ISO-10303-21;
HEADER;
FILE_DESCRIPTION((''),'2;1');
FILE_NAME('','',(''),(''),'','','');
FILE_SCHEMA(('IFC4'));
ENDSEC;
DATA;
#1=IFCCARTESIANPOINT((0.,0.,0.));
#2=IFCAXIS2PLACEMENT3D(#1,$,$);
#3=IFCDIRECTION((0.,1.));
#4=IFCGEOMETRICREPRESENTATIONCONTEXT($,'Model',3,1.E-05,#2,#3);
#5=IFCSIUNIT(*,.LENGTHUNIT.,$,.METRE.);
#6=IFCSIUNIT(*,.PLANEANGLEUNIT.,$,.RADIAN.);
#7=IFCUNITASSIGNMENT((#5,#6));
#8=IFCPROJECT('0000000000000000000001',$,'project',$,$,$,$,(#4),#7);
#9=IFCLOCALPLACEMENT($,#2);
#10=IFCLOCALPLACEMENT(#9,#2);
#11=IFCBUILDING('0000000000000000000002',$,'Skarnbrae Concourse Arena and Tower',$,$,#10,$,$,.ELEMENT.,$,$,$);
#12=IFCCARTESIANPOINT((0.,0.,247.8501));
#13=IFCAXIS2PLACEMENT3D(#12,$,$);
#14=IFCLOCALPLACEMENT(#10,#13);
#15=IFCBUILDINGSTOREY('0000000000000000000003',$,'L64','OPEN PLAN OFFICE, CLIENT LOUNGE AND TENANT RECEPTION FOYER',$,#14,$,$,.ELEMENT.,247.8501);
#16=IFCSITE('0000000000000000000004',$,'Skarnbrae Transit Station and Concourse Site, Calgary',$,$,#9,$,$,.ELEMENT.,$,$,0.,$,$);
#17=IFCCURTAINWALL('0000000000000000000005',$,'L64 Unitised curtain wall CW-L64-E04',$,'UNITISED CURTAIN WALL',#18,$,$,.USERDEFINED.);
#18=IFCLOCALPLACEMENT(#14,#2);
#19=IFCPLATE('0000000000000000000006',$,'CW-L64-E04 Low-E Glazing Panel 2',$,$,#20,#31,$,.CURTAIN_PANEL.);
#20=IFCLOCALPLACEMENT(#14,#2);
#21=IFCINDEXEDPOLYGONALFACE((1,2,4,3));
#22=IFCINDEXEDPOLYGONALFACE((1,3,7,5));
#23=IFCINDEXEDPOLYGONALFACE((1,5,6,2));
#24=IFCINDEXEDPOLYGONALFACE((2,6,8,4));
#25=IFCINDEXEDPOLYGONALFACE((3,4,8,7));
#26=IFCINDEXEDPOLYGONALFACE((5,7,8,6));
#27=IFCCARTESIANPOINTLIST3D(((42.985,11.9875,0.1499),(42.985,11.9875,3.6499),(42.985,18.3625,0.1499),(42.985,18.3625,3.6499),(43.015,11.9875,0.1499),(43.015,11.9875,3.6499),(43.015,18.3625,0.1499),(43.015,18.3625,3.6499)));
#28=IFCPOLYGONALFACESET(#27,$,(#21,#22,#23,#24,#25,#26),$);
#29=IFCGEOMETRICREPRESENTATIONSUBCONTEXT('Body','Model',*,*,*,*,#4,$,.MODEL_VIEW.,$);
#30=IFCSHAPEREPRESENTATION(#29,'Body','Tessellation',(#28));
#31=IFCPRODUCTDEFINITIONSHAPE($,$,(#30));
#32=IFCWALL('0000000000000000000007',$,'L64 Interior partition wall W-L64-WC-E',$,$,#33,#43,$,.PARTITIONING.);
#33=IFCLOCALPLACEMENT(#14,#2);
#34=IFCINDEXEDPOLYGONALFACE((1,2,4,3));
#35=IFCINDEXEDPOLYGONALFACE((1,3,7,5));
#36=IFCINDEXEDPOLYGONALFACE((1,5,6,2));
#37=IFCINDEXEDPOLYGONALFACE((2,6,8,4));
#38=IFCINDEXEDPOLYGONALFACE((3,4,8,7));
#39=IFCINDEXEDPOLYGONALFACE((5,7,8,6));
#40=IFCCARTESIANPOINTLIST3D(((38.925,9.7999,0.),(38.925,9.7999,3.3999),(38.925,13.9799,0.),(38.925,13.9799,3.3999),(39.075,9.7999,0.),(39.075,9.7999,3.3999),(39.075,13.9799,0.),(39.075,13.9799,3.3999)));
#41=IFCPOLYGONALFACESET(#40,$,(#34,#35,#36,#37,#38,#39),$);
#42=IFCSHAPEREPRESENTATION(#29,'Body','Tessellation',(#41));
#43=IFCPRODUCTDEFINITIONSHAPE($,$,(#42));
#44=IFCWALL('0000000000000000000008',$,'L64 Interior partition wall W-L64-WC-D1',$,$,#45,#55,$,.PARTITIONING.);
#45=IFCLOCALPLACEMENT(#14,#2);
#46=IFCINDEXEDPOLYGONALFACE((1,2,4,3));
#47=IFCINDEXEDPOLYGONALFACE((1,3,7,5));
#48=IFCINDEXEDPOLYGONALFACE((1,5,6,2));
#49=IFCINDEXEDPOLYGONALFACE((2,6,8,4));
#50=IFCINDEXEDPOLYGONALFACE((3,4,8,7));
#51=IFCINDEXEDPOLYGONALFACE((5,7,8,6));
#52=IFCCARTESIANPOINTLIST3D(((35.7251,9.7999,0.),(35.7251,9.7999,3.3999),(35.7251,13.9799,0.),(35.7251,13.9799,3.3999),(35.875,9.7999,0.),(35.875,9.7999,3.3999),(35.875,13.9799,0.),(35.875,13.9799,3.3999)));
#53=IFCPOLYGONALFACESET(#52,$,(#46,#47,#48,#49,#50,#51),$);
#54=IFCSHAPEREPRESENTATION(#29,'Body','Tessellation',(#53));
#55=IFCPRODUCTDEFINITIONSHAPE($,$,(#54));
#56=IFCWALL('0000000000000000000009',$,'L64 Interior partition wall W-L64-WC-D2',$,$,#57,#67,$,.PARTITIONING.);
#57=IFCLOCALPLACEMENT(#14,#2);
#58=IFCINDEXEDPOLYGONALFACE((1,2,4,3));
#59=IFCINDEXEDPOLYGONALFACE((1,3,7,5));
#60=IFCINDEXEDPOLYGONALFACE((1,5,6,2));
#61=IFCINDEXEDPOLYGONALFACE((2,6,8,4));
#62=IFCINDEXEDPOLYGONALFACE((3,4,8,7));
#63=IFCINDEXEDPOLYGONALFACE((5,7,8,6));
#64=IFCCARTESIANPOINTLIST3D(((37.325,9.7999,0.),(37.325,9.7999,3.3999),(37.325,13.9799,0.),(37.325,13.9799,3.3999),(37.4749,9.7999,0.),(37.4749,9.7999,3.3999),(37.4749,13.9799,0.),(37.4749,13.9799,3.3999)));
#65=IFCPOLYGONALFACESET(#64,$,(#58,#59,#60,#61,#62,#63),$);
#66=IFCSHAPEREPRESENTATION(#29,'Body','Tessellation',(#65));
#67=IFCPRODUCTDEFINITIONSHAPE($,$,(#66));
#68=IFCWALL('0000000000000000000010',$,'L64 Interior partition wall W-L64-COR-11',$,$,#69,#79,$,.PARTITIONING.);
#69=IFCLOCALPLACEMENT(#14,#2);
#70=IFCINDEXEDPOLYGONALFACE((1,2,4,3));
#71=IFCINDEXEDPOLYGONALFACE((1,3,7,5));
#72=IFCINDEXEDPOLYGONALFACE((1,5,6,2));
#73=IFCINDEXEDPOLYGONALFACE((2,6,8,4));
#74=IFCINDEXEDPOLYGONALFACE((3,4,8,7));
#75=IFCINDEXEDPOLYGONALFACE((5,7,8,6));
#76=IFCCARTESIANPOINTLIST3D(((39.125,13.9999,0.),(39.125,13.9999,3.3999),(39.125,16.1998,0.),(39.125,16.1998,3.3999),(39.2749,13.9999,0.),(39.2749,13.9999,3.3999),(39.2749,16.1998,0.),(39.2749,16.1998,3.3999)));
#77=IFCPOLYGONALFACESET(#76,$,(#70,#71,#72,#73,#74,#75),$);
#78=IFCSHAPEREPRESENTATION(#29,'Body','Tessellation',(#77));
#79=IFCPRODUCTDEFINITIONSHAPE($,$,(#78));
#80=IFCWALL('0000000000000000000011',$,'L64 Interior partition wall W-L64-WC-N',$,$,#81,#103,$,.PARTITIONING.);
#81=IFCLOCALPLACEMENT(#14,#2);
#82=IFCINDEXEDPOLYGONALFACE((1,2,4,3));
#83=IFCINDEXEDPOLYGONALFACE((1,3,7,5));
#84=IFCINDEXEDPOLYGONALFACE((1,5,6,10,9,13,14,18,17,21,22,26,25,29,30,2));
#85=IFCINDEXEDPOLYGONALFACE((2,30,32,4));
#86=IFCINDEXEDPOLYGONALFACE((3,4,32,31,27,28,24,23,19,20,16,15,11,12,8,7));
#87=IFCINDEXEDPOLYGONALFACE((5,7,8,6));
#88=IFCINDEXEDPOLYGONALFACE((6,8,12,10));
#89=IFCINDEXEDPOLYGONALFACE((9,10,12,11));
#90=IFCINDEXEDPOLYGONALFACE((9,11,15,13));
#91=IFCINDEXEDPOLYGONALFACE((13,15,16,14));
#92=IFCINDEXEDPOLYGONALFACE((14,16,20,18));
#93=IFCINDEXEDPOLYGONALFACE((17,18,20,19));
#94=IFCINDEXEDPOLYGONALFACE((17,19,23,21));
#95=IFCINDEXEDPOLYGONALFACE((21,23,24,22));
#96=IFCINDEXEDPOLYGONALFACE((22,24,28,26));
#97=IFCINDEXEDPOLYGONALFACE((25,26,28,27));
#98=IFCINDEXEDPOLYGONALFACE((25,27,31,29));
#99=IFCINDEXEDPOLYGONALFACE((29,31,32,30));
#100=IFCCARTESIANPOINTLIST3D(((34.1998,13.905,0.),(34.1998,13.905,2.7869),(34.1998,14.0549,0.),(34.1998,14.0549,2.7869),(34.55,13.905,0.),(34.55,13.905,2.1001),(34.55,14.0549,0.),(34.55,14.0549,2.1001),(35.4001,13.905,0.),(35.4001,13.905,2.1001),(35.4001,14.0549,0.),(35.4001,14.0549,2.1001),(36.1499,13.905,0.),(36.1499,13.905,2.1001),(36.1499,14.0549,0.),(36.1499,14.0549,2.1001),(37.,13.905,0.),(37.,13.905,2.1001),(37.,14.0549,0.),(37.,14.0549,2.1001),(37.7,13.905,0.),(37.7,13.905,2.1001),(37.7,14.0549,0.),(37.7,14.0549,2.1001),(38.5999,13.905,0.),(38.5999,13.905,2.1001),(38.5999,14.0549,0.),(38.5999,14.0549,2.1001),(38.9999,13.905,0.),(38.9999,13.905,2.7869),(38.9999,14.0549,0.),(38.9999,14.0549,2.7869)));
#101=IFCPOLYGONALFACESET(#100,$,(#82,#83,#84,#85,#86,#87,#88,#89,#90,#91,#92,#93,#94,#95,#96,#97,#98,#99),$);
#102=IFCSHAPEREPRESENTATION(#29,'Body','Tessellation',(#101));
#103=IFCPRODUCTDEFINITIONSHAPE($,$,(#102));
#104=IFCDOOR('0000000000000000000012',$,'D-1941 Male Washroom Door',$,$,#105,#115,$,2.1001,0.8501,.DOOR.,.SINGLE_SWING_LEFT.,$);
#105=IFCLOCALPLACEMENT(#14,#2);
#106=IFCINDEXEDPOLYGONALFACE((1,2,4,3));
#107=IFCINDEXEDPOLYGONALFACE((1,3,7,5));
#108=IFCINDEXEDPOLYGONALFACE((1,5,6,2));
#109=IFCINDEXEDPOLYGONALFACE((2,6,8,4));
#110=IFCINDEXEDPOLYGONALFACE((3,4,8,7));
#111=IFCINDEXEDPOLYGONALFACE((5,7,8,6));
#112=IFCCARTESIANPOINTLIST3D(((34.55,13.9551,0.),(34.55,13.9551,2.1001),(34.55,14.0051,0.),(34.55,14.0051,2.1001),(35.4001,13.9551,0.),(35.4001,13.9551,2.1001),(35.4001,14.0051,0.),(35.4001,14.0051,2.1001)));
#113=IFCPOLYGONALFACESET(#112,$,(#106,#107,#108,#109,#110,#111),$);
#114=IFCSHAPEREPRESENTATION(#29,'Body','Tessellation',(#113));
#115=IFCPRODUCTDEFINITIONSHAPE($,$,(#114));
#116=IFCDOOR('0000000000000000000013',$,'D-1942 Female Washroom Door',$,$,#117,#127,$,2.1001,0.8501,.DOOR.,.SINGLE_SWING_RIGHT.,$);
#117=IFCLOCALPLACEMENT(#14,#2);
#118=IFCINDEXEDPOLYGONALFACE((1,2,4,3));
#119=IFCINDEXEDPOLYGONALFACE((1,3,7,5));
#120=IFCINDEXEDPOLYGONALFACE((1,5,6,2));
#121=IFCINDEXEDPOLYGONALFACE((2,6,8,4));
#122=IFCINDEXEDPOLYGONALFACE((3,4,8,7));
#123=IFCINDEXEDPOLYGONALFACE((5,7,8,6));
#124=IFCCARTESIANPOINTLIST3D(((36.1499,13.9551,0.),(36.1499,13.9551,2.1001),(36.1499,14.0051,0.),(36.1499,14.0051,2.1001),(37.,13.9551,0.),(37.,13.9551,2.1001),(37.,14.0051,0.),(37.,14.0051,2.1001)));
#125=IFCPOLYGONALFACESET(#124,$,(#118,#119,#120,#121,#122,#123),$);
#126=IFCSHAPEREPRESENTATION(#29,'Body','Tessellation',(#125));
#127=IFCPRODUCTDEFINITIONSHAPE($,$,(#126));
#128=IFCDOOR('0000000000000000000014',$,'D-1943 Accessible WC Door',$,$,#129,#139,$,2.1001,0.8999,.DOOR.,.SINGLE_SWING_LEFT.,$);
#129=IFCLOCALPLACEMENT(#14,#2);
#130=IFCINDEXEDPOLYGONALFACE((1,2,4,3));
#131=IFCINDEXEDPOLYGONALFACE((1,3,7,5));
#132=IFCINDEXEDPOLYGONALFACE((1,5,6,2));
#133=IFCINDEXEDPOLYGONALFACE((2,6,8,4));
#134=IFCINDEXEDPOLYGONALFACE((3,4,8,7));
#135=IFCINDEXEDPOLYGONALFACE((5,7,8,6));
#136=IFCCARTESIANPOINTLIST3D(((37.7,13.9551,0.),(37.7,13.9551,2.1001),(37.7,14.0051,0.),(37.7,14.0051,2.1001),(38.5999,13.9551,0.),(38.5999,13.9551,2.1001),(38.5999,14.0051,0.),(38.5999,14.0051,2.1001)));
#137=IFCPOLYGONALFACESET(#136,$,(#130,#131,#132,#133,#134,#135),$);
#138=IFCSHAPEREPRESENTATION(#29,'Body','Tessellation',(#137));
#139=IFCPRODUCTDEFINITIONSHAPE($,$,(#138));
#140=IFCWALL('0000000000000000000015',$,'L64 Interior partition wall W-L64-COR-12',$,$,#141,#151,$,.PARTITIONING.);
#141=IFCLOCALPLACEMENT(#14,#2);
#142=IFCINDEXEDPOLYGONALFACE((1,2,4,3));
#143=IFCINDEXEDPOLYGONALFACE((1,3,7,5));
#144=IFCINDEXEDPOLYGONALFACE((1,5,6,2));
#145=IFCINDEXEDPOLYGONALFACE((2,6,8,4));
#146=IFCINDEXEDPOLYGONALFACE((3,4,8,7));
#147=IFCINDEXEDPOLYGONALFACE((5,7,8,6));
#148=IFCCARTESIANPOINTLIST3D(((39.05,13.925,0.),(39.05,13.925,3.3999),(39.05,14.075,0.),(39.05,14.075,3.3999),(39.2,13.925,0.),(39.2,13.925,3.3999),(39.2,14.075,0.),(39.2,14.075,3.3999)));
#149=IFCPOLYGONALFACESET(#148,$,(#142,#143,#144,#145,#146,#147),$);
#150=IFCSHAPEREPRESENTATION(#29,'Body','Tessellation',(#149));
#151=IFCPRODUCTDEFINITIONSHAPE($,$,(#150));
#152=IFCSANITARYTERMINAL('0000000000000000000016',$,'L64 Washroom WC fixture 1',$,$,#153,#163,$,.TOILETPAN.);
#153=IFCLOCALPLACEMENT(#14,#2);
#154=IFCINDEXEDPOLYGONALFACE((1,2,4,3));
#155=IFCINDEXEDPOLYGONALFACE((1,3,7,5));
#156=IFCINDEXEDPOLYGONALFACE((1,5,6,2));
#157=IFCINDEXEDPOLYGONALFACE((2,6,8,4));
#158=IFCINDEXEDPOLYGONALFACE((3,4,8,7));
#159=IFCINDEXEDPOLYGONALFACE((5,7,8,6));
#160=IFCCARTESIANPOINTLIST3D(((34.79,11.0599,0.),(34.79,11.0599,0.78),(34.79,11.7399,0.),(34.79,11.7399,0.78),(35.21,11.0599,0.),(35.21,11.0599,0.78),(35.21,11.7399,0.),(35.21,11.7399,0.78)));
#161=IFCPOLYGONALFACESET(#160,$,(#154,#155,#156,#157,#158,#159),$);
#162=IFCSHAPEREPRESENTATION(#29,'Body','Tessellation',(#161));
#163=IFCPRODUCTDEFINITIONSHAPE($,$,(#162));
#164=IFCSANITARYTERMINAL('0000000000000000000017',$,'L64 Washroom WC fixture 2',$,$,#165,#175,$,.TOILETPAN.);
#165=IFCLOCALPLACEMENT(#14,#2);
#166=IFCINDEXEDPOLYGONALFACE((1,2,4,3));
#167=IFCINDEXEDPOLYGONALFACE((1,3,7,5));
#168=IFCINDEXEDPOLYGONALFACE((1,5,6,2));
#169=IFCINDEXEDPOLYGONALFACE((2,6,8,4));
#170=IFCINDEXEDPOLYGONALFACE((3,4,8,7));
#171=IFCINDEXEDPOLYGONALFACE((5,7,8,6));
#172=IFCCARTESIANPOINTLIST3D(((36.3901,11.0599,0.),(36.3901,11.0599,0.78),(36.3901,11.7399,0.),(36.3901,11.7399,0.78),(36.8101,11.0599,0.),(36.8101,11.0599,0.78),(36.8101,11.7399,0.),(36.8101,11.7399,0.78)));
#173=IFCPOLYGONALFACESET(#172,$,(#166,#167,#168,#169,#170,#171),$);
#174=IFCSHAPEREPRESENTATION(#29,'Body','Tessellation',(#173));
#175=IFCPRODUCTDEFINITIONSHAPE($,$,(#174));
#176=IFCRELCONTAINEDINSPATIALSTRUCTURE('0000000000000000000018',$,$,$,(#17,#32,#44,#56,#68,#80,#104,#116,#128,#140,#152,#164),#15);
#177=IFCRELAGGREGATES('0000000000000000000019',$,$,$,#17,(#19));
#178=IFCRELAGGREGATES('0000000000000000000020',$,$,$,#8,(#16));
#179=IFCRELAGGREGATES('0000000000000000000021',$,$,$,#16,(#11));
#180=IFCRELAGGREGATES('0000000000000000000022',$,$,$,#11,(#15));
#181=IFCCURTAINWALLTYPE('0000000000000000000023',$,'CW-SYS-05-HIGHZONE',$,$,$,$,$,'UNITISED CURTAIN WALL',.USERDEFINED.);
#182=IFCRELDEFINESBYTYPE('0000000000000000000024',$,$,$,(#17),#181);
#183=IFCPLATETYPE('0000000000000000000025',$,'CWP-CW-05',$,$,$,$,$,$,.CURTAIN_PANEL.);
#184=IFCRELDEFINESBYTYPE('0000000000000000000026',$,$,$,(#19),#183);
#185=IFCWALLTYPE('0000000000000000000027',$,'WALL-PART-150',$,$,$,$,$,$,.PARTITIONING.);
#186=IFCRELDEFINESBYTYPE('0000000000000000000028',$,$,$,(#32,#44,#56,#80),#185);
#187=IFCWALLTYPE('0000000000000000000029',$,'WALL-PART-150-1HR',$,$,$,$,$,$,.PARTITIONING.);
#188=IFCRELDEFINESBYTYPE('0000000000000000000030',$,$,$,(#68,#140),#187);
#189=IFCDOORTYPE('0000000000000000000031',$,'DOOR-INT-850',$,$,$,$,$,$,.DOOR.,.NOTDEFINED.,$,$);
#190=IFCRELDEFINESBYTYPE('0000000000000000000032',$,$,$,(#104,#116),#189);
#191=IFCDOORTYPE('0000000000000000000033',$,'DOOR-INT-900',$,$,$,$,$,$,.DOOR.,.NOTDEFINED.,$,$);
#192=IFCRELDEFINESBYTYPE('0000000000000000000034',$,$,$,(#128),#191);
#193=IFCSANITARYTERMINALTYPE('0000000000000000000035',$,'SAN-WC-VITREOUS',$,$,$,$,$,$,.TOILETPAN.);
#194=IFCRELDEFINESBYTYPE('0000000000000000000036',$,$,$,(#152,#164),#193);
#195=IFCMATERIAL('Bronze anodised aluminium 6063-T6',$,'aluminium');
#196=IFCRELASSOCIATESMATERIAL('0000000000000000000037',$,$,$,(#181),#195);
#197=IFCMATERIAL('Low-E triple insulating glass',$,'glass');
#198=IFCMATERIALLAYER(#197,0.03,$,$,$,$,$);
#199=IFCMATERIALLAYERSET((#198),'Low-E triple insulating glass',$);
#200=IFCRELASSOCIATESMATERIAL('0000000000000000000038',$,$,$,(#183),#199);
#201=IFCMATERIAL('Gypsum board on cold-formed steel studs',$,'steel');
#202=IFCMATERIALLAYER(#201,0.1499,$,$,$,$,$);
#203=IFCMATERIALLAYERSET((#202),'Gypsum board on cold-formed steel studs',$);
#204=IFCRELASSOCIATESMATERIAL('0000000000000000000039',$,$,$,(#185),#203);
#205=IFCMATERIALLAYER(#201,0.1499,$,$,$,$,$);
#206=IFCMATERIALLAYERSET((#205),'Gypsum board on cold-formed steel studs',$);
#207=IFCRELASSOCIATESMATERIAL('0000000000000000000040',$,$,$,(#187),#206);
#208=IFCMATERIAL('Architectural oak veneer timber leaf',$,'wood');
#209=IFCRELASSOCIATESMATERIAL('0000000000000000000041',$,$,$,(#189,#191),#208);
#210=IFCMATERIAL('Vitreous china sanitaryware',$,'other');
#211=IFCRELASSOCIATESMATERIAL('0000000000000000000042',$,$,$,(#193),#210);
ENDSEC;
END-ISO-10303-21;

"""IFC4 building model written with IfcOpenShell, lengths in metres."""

from ifc_helpers import new_model, si_unit, direction, frame, frame_2d, origin, origin_2d, place, context, subcontext, project, spatial, rectangle, extrude, source, transform, mapped, material, layer, layer_set, type_object, element, fill, aggregate, save


model = new_model("IFC4")

# Units and contexts
model_context = context("Model", 3, precision=1e-05, world=origin(), true_north=direction((0.0, 1.0)))
body_context = subcontext(model_context, "Body", "Model", "MODEL_VIEW")
ifc_project = project(units=[si_unit("LENGTHUNIT", "METRE"), si_unit("PLANEANGLEUNIT", "RADIAN")], contexts=[model_context])

# Site, building, storey
site_placement = place(None, origin())
site = spatial("IfcSite", under=ifc_project, at=site_placement, Name="Skarnbrae Transit Station and Concourse Site, Calgary", CompositionType="ELEMENT", RefElevation=0.0)
building_placement = place(site_placement, origin())
building = spatial("IfcBuilding", under=site, at=building_placement, Name="Skarnbrae Concourse Arena and Tower", CompositionType="ELEMENT")
storey_placement = place(building_placement, frame((0.0, 0.0, 247.8501)))
storey = spatial("IfcBuildingStorey", under=building, at=storey_placement, Name="L64", Description="OPEN PLAN OFFICE, CLIENT LOUNGE AND TENANT RECEPTION FOYER", CompositionType="ELEMENT", Elevation=247.8501)

# Curtain wall, plate
ifc_material_1 = material(Name="Bronze anodised aluminium 6063-T6", Category="aluminium")
curtain_wall_type = type_object("IfcCurtainWallType", Name="CW-SYS-05-HIGHZONE", ElementType="UNITISED CURTAIN WALL", PredefinedType="USERDEFINED", material=ifc_material_1)
curtain_wall_placement = place(storey_placement, origin())
curtain_wall = element("IfcCurtainWall", 1, at=curtain_wall_placement, inside=storey, type_object=curtain_wall_type, Name="L64 Unitised curtain wall CW-L64-E04", ObjectType="UNITISED CURTAIN WALL", PredefinedType="USERDEFINED")
ifc_material_2 = material(Name="Low-E triple insulating glass", Category="glass")
ifc_layer_1 = layer(ifc_material_2, 0.03)
ifc_layer_set_1 = layer_set([ifc_layer_1], Name="Low-E triple insulating glass")
plate_type = type_object("IfcPlateType", Name="CWP-CW-05", PredefinedType="CURTAIN_PANEL", material=ifc_layer_set_1)
shared_shape_1 = source(origin(), body_context, "Body", "SweptSolid", [
    extrude(rectangle(XDim=6.375, YDim=0.03, at=origin_2d()), origin(), (0.0, 0.0, 1.0), 3.5),
])
plate_placement = place(storey_placement, frame((43.0, 15.175, 0.1499), z_axis=(0.0, 0.0, 1.0), x_axis=(0.0, 1.0, 0.0)))
plate = element("IfcPlate", 2, at=plate_placement, type_object=plate_type, Name="CW-L64-E04 Low-E Glazing Panel 2", PredefinedType="CURTAIN_PANEL", context=body_context, shape_type="MappedRepresentation", body=[
    mapped(shared_shape_1, transform((0.0, 0.0, 0.0))),
])
aggregate(curtain_wall, [plate])

# Walls
ifc_material_3 = material(Name="Gypsum board on cold-formed steel studs", Category="steel")
ifc_layer_2 = layer(ifc_material_3, 0.1499)
ifc_layer_set_2 = layer_set([ifc_layer_2], Name="Gypsum board on cold-formed steel studs")
wall_type_1 = type_object("IfcWallType", Name="WALL-PART-150", PredefinedType="PARTITIONING", material=ifc_layer_set_2)
shared_shape_2 = source(origin(), body_context, "Body", "SweptSolid", [
    extrude(rectangle(XDim=4.1799, YDim=0.1499, at=frame_2d((2.0898, 0.0))), origin(), (0.0, 0.0, 1.0), 3.3999),
])
for number, where, z_axis, x_axis, name in (
    (3, (39.0, 9.8, 0.0), (0.0, 0.0, 1.0), (0.0, 1.0, 0.0), "L64 Interior partition wall W-L64-WC-E"),
    (4, (35.8, 9.8, 0.0), (0.0, 0.0, 1.0), (0.0, 1.0, 0.0), "L64 Interior partition wall W-L64-WC-D1"),
    (5, (37.3999, 9.8, 0.0), (0.0, 0.0, 1.0), (0.0, 1.0, 0.0), "L64 Interior partition wall W-L64-WC-D2"),
):
    element("IfcWall", number, at=place(storey_placement, frame(where, z_axis=z_axis, x_axis=x_axis)), inside=storey, type_object=wall_type_1, Name=name, PredefinedType="PARTITIONING", context=body_context, shape_type="MappedRepresentation", body=[
        mapped(shared_shape_2, transform((0.0, 0.0, 0.0))),
    ])
ifc_layer_3 = layer(ifc_material_3, 0.1499)
ifc_layer_set_3 = layer_set([ifc_layer_3], Name="Gypsum board on cold-formed steel studs")
wall_type_2 = type_object("IfcWallType", Name="WALL-PART-150-1HR", PredefinedType="PARTITIONING", material=ifc_layer_set_3)
shared_shape_3 = source(origin(), body_context, "Body", "SweptSolid", [
    extrude(rectangle(XDim=2.2, YDim=0.1499, at=frame_2d((1.1001, 0.0))), origin(), (0.0, 0.0, 1.0), 3.3999),
])
wall_1_placement = place(storey_placement, frame((39.2, 16.2, 0.0), z_axis=(0.0, 0.0, 1.0), x_axis=(0.0, -1.0, 0.0)))
element("IfcWall", 6, at=wall_1_placement, inside=storey, type_object=wall_type_2, Name="L64 Interior partition wall W-L64-COR-11", PredefinedType="PARTITIONING", context=body_context, shape_type="MappedRepresentation", body=[
    mapped(shared_shape_3, transform((0.0, 0.0, 0.0))),
])

# Wall, openings, doors
shared_shape_4 = source(origin(), body_context, "Body", "SweptSolid", [
    extrude(rectangle(XDim=4.8, YDim=0.1499, at=frame_2d((2.3999, 0.0))), origin(), (0.0, 0.0, 1.0), 2.7869),
])
wall_2_placement = place(storey_placement, frame((34.2, 13.98, 0.0), z_axis=(0.0, 0.0, 1.0), x_axis=(1.0, 0.0, 0.0)))
wall_2 = element("IfcWall", 7, at=wall_2_placement, inside=storey, type_object=wall_type_1, Name="L64 Interior partition wall W-L64-WC-N", PredefinedType="PARTITIONING", context=body_context, shape_type="MappedRepresentation", body=[
    mapped(shared_shape_4, transform((0.0, 0.0, 0.0))),
])
opening_1_placement = place(wall_2_placement, frame((0.3501, 0.0, 0.0)))
opening_1 = element("IfcOpeningElement", 8, at=opening_1_placement, cuts=wall_2, PredefinedType="OPENING", context=body_context, shape_type="SweptSolid", body=[
    extrude(rectangle(XDim=0.8501, YDim=2.1001, at=frame_2d((0.425, 1.05))), frame((0.0, 0.085, 0.0), z_axis=(0.0, -1.0, 0.0), x_axis=(1.0, 0.0, 0.0)), (0.0, 0.0, 1.0), 0.1699),
])
opening_2_placement = place(wall_2_placement, frame((1.95, 0.0, 0.0)))
opening_2 = element("IfcOpeningElement", 9, at=opening_2_placement, cuts=wall_2, PredefinedType="OPENING", context=body_context, shape_type="SweptSolid", body=[
    extrude(rectangle(XDim=0.8501, YDim=2.1001, at=frame_2d((0.425, 1.05))), frame((0.0, 0.085, 0.0), z_axis=(0.0, -1.0, 0.0), x_axis=(1.0, 0.0, 0.0)), (0.0, 0.0, 1.0), 0.1699),
])
opening_3_placement = place(wall_2_placement, frame((3.5, 0.0, 0.0)))
opening_3 = element("IfcOpeningElement", 10, at=opening_3_placement, cuts=wall_2, PredefinedType="OPENING", context=body_context, shape_type="SweptSolid", body=[
    extrude(rectangle(XDim=0.8999, YDim=2.1001, at=frame_2d((0.45, 1.05))), frame((0.0, 0.085, 0.0), z_axis=(0.0, -1.0, 0.0), x_axis=(1.0, 0.0, 0.0)), (0.0, 0.0, 1.0), 0.1699),
])
ifc_material_4 = material(Name="Architectural oak veneer timber leaf", Category="wood")
door_type_1 = type_object("IfcDoorType", Name="DOOR-INT-850", OperationType="NOTDEFINED", PredefinedType="DOOR", material=ifc_material_4)
shared_shape_5 = source(origin(), body_context, "Body", "SweptSolid", [
    extrude(rectangle(XDim=0.8501, YDim=2.1001, at=frame_2d((0.425, 1.05))), frame((0.0, 0.0249, 0.0), z_axis=(0.0, -1.0, 0.0), x_axis=(1.0, 0.0, 0.0)), (0.0, 0.0, 1.0), 0.05),
])
door_1_placement = place(opening_1_placement, frame((0.8501, 0.0, 0.0), z_axis=(0.0, 0.0, 1.0), x_axis=(-1.0, 0.0, 0.0)))
door_1 = element("IfcDoor", 11, at=door_1_placement, inside=storey, type_object=door_type_1, Name="D-1941 Male Washroom Door", OperationType="SINGLE_SWING_LEFT", OverallHeight=2.1001, OverallWidth=0.8501, PredefinedType="DOOR", context=body_context, shape_type="MappedRepresentation", body=[
    mapped(shared_shape_5, transform((0.0, 0.0, 0.0))),
])
fill(opening_1, door_1)
door_2_placement = place(opening_2_placement, frame((0.8501, 0.0, 0.0), z_axis=(0.0, 0.0, 1.0), x_axis=(-1.0, 0.0, 0.0)))
door_2 = element("IfcDoor", 12, at=door_2_placement, inside=storey, type_object=door_type_1, Name="D-1942 Female Washroom Door", OperationType="SINGLE_SWING_RIGHT", OverallHeight=2.1001, OverallWidth=0.8501, PredefinedType="DOOR", context=body_context, shape_type="MappedRepresentation", body=[
    mapped(shared_shape_5, transform((0.0, 0.0, 0.0))),
])
fill(opening_2, door_2)
door_type_2 = type_object("IfcDoorType", Name="DOOR-INT-900", OperationType="NOTDEFINED", PredefinedType="DOOR", material=ifc_material_4)
shared_shape_6 = source(origin(), body_context, "Body", "SweptSolid", [
    extrude(rectangle(XDim=0.8999, YDim=2.1001, at=frame_2d((0.45, 1.05))), frame((0.0, 0.0249, 0.0), z_axis=(0.0, -1.0, 0.0), x_axis=(1.0, 0.0, 0.0)), (0.0, 0.0, 1.0), 0.05),
])
door_3_placement = place(opening_3_placement, frame((0.8999, 0.0, 0.0), z_axis=(0.0, 0.0, 1.0), x_axis=(-1.0, 0.0, 0.0)))
door_3 = element("IfcDoor", 13, at=door_3_placement, inside=storey, type_object=door_type_2, Name="D-1943 Accessible WC Door", OperationType="SINGLE_SWING_LEFT", OverallHeight=2.1001, OverallWidth=0.8999, PredefinedType="DOOR", context=body_context, shape_type="MappedRepresentation", body=[
    mapped(shared_shape_6, transform((0.0, 0.0, 0.0))),
])
fill(opening_3, door_3)

# Wall
shared_shape_7 = source(origin(), body_context, "Body", "SweptSolid", [
    extrude(rectangle(XDim=0.1499, YDim=0.1499, at=frame_2d((0.075, 0.0))), origin(), (0.0, 0.0, 1.0), 3.3999),
])
wall_3_placement = place(storey_placement, frame((39.2, 14.0, 0.0), z_axis=(0.0, 0.0, 1.0), x_axis=(-1.0, 0.0, 0.0)))
element("IfcWall", 14, at=wall_3_placement, inside=storey, type_object=wall_type_2, Name="L64 Interior partition wall W-L64-COR-12", PredefinedType="PARTITIONING", context=body_context, shape_type="MappedRepresentation", body=[
    mapped(shared_shape_7, transform((0.0, 0.0, 0.0))),
])

# Sanitary terminals
ifc_material_5 = material(Name="Vitreous china sanitaryware", Category="other")
sanitary_terminal_type = type_object("IfcSanitaryTerminalType", Name="SAN-WC-VITREOUS", PredefinedType="TOILETPAN", material=ifc_material_5)
shared_shape_8 = source(origin(), body_context, "Body", "SweptSolid", [
    extrude(rectangle(XDim=0.4199, YDim=0.6799, at=origin_2d()), origin(), (0.0, 0.0, 1.0), 0.78),
])
for number, where, z_axis, x_axis, name in (
    (15, (35.0, 11.3999, 0.0), (0.0, 0.0, 1.0), (1.0, 0.0, 0.0), "L64 Washroom WC fixture 1"),
    (16, (36.6001, 11.3999, 0.0), (0.0, 0.0, 1.0), (1.0, 0.0, 0.0), "L64 Washroom WC fixture 2"),
):
    element("IfcSanitaryTerminal", number, at=place(storey_placement, frame(where, z_axis=z_axis, x_axis=x_axis)), inside=storey, type_object=sanitary_terminal_type, Name=name, PredefinedType="TOILETPAN", context=body_context, shape_type="MappedRepresentation", body=[
        mapped(shared_shape_8, transform((0.0, 0.0, 0.0))),
    ])

save(model, "model.ifc")
